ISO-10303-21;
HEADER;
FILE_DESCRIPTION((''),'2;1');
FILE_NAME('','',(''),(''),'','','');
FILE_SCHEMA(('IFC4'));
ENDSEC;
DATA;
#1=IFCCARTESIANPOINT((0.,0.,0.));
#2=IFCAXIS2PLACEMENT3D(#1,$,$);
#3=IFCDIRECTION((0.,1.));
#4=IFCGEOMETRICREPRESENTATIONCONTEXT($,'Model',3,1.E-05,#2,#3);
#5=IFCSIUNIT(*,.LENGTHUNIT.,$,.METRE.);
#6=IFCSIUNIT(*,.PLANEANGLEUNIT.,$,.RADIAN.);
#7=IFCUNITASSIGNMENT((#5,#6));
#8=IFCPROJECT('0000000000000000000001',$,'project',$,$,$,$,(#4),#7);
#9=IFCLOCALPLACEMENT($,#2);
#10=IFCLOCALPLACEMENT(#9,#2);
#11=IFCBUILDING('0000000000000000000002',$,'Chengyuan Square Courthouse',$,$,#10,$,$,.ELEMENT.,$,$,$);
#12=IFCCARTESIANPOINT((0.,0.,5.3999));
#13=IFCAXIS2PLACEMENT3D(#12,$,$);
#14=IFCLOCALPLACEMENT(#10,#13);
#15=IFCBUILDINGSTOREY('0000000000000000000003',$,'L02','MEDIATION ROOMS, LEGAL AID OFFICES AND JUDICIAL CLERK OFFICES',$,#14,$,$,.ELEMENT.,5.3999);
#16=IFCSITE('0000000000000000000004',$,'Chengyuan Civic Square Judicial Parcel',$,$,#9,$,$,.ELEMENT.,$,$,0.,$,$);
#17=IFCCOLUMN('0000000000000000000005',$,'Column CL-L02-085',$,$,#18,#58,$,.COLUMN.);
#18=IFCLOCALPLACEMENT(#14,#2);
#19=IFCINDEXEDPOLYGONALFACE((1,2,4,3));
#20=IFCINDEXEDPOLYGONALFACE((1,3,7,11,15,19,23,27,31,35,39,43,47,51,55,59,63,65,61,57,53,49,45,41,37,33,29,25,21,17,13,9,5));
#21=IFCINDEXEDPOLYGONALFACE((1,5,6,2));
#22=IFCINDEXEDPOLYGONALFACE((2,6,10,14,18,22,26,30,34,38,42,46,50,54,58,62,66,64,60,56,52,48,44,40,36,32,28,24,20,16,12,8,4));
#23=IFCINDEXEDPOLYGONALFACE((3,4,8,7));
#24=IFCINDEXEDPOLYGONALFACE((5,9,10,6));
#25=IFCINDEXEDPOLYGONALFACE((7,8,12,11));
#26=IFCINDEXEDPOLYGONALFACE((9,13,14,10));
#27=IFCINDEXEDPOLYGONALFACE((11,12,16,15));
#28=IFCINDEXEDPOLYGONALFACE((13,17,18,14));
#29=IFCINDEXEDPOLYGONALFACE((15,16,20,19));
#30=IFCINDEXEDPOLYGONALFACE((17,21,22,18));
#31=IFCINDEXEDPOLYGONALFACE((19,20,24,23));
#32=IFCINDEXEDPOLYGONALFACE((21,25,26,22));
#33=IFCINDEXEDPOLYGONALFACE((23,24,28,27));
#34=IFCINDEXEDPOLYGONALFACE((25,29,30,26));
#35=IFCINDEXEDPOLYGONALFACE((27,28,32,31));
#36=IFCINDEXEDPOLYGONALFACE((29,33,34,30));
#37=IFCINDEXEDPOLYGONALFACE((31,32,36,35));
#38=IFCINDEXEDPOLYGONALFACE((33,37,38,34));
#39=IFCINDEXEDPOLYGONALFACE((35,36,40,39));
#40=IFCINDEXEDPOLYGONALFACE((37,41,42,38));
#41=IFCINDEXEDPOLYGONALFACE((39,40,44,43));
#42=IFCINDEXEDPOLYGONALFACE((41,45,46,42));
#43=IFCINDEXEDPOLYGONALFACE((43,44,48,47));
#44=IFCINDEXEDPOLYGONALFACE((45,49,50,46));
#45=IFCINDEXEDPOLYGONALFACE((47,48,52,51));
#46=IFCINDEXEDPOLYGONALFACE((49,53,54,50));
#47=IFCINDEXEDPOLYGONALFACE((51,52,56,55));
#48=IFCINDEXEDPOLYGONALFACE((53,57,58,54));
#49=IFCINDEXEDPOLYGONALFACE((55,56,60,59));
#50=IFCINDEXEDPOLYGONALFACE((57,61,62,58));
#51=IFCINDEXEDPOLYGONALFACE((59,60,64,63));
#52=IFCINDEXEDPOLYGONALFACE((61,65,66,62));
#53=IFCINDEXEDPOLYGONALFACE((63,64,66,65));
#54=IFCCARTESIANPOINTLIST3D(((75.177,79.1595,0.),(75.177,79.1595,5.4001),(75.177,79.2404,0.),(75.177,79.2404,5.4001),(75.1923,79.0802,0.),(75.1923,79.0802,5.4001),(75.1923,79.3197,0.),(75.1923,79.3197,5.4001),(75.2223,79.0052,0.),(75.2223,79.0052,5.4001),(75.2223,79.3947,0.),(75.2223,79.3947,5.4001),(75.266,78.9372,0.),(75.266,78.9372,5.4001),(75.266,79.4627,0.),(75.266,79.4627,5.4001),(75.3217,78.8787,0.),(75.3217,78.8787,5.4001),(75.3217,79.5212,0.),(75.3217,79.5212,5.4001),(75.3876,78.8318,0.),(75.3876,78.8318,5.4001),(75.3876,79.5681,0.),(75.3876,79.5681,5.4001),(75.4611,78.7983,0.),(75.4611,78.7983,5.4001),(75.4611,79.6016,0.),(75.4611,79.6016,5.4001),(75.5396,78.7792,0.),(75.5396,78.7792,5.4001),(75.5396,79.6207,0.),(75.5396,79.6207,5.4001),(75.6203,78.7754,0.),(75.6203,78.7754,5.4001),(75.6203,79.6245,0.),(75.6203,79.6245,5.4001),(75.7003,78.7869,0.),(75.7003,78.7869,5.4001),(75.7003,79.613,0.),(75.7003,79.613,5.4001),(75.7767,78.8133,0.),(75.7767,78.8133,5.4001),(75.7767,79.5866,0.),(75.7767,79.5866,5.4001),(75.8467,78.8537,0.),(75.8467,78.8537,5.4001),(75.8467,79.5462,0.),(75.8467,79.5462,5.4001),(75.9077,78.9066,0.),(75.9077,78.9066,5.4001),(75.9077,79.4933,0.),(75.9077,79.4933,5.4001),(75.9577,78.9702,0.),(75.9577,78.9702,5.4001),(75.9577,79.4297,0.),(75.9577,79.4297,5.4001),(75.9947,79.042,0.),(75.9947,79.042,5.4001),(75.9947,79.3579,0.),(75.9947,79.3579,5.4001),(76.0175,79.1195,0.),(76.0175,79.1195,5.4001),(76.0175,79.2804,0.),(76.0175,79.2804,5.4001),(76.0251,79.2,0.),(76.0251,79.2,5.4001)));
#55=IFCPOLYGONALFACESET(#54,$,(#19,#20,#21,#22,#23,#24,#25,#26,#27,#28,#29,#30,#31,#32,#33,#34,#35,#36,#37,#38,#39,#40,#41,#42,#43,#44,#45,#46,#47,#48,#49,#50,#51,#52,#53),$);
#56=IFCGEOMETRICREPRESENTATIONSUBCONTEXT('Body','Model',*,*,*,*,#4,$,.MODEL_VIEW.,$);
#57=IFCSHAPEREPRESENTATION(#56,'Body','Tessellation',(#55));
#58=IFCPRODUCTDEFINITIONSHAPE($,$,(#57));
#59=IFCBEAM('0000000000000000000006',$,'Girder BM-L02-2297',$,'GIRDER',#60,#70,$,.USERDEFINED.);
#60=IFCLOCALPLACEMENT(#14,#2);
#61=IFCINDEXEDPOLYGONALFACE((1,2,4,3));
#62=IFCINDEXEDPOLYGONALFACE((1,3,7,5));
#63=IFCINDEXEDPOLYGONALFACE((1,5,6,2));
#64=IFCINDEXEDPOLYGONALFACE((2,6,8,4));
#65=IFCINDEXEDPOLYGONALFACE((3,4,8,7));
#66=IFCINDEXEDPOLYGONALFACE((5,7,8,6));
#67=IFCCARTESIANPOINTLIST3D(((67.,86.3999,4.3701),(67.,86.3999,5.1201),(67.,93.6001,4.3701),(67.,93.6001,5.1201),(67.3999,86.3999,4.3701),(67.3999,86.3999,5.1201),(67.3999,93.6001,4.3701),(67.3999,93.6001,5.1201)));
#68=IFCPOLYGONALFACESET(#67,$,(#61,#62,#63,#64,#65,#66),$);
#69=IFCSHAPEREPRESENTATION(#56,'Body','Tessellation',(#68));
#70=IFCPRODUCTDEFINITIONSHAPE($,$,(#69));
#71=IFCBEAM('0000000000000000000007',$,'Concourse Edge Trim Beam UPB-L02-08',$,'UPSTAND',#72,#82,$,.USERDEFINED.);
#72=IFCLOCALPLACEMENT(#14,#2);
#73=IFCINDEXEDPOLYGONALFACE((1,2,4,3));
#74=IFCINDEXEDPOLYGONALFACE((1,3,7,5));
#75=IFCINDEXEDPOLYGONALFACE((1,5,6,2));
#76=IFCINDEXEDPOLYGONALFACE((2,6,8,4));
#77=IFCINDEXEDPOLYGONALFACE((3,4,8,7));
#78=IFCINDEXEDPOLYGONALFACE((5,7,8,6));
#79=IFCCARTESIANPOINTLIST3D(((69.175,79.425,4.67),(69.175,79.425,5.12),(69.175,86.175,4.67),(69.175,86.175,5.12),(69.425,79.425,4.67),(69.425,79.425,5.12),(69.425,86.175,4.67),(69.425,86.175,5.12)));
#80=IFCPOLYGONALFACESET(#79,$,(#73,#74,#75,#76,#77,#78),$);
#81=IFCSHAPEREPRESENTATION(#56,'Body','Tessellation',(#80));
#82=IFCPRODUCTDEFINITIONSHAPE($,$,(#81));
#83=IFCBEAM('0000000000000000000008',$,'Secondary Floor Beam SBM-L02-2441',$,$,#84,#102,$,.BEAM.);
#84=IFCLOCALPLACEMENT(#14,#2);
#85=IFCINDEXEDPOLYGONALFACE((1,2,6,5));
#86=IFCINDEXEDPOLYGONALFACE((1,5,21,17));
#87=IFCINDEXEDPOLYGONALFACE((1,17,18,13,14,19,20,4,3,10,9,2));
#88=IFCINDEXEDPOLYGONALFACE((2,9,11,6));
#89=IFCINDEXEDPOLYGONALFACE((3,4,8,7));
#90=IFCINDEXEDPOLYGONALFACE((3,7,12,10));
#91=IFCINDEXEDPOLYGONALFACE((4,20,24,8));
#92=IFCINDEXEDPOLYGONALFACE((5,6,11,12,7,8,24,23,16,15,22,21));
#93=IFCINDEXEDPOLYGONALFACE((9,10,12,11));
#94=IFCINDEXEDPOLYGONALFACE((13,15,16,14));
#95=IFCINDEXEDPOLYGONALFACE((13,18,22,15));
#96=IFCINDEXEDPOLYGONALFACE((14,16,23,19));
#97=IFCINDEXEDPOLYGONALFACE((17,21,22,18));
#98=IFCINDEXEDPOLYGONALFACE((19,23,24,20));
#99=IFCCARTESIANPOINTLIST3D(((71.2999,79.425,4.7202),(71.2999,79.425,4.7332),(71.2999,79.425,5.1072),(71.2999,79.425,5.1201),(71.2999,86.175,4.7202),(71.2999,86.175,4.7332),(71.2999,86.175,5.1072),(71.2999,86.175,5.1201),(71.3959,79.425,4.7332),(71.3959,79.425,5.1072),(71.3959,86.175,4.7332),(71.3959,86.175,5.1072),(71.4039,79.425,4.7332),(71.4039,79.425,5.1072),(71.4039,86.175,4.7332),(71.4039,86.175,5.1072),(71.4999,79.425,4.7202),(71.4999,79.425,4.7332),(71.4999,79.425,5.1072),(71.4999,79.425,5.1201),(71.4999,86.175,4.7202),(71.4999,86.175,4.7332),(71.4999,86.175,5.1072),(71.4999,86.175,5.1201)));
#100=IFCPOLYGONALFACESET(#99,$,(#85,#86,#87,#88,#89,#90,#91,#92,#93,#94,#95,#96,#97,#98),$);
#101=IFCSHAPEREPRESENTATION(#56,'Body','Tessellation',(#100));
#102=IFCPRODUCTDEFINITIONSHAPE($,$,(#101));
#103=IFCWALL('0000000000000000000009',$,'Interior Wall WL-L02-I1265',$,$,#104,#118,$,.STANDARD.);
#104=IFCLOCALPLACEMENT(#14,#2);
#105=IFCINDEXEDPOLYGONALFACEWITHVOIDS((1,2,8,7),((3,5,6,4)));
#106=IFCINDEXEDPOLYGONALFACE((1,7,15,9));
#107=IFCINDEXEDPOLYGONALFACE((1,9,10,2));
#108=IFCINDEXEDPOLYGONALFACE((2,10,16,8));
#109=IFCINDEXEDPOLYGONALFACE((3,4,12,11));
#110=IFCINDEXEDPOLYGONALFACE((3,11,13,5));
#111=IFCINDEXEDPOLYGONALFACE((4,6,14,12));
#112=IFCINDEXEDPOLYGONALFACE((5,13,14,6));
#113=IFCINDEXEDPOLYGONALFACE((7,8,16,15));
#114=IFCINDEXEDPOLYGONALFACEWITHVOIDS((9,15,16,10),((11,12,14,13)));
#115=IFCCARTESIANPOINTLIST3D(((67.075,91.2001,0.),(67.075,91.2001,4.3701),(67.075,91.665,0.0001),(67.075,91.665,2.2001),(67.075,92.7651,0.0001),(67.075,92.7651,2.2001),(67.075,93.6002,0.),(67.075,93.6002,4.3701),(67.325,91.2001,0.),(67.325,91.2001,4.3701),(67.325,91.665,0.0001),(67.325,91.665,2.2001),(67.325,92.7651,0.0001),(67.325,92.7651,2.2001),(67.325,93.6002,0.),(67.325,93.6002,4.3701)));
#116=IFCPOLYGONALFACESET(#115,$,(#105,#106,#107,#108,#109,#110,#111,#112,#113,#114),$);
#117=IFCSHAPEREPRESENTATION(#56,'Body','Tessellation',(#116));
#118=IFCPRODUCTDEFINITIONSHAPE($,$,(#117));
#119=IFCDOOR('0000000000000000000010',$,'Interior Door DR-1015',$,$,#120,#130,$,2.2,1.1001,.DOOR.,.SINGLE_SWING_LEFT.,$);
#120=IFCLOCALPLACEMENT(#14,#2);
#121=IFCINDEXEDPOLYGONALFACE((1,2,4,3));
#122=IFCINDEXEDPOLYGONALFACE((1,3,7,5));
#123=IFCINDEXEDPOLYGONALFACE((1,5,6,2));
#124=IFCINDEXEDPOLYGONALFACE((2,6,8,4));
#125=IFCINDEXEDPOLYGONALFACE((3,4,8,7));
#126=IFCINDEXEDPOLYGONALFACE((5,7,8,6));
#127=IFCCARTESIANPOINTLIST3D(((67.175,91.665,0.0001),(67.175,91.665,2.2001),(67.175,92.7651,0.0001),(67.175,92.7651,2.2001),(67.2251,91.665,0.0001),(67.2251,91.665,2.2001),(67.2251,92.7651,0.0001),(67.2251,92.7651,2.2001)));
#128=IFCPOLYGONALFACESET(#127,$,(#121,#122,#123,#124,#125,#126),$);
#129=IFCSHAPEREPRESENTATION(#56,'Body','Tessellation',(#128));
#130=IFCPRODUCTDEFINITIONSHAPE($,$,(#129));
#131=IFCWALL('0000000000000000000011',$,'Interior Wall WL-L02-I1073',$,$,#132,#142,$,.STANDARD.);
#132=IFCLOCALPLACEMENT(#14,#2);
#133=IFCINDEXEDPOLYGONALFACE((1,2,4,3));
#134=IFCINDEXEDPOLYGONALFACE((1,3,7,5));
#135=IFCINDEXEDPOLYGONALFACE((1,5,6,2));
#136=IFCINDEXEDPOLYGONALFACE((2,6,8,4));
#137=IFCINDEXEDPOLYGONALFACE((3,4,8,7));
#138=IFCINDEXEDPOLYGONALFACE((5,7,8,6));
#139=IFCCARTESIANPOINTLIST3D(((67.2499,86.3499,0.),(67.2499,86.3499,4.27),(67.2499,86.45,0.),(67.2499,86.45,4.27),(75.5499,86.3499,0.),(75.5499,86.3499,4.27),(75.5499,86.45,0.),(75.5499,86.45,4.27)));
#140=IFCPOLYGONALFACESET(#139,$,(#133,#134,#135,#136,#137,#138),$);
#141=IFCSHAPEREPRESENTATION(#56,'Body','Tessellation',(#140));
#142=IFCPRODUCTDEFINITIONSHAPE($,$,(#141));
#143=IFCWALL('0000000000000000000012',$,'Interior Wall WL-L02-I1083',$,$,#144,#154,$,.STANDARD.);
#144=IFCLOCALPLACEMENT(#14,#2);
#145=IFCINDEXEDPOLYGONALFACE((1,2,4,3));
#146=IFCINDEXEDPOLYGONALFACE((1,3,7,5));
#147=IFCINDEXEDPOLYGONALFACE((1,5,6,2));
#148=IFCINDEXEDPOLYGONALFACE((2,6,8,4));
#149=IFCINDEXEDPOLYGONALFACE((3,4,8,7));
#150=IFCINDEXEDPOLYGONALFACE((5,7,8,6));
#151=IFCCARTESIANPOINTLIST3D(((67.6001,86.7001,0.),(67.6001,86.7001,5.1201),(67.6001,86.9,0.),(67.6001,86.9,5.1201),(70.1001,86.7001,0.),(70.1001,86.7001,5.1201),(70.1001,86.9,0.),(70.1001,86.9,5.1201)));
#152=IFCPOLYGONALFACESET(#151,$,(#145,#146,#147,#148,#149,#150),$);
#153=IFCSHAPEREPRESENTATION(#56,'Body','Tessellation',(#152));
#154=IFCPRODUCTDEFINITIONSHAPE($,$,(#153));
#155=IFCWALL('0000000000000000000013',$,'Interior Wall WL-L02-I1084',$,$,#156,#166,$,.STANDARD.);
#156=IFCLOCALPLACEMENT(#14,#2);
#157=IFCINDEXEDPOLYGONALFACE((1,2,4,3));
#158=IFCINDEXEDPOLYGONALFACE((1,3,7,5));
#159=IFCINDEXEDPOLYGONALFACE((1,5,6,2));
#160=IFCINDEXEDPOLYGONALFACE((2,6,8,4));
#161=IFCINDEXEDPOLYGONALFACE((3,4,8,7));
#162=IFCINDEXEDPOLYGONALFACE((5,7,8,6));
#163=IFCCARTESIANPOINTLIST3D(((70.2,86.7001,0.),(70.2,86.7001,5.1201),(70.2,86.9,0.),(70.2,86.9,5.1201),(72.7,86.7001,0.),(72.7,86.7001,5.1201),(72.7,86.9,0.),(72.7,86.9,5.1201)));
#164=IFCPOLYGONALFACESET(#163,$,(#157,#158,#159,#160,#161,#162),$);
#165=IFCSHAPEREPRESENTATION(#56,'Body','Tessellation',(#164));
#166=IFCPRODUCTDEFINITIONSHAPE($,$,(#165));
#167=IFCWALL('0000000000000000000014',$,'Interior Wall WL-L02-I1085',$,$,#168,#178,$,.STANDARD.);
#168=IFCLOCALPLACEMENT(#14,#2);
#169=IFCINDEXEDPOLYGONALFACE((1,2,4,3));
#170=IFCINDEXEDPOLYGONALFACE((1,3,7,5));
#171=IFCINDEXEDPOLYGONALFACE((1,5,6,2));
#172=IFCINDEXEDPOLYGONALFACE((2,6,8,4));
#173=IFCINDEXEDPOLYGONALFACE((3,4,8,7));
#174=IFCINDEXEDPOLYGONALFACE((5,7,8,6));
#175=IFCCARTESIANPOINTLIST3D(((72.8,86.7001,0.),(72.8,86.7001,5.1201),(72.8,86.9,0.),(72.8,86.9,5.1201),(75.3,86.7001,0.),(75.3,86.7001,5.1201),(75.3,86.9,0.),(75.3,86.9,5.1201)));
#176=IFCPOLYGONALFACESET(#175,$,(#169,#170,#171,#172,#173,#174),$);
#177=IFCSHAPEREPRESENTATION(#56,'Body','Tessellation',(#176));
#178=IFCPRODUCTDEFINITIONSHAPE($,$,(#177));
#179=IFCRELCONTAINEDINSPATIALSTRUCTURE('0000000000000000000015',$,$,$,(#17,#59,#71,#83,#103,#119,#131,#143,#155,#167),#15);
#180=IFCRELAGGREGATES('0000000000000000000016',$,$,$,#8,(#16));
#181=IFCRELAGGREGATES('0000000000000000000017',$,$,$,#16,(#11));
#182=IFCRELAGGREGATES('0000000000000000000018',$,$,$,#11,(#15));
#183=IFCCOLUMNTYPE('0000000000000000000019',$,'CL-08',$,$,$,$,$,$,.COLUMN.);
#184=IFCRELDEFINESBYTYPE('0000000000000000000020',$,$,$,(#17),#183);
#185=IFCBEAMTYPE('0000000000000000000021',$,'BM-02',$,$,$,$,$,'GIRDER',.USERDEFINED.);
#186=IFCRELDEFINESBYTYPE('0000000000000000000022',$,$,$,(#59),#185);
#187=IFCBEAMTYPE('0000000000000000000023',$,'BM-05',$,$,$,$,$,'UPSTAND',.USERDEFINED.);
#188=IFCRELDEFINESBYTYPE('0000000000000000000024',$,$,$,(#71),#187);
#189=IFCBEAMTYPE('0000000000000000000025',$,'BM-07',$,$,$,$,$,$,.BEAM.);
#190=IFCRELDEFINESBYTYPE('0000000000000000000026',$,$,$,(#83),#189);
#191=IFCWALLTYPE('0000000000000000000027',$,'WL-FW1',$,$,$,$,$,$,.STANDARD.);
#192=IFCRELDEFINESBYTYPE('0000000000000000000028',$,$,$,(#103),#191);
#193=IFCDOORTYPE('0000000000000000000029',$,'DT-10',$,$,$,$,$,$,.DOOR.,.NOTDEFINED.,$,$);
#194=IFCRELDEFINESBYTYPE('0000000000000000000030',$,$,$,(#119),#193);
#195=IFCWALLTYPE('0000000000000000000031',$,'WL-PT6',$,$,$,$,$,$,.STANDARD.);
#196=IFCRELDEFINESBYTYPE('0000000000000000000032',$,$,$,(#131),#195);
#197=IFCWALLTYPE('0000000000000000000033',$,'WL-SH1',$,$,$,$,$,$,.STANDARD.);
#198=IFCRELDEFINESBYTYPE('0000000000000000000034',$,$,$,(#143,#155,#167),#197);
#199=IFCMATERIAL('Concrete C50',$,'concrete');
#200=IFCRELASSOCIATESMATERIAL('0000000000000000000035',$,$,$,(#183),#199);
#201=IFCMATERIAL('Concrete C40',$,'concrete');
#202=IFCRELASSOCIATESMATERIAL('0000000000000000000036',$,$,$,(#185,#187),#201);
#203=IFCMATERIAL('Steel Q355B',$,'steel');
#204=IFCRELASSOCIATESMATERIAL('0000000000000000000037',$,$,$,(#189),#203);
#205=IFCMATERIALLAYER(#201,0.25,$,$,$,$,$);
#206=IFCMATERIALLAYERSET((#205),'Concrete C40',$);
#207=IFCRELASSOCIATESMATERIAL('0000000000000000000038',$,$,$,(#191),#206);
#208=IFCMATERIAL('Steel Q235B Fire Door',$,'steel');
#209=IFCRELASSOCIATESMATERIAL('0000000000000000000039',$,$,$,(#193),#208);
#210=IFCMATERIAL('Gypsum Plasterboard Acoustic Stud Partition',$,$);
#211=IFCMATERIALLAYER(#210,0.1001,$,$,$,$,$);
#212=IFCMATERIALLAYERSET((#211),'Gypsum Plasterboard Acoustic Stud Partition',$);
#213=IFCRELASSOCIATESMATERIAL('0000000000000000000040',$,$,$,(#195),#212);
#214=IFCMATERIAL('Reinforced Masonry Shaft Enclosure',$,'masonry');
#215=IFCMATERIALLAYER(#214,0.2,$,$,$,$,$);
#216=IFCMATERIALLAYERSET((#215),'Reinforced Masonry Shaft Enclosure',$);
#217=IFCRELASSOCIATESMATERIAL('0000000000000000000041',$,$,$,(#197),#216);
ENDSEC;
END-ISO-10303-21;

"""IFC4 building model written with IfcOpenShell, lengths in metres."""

from ifc_helpers import new_model, si_unit, direction, frame, frame_2d, origin, origin_2d, place, context, subcontext, project, spatial, rectangle, circle, i_section, extrude, material, layer, layer_set, material_profile, profile_set, type_object, element, fill, save


model = new_model("IFC4")

# Units and contexts
model_context = context("Model", 3, precision=1e-05, world=origin(), true_north=direction((0.0, 1.0)))
body_context = subcontext(model_context, "Body", "Model", "MODEL_VIEW")
ifc_project = project(units=[si_unit("LENGTHUNIT", "METRE"), si_unit("PLANEANGLEUNIT", "RADIAN")], contexts=[model_context])

# Site, building, storey
site_placement = place(None, origin())
site = spatial("IfcSite", under=ifc_project, at=site_placement, Name="Chengyuan Civic Square Judicial Parcel", CompositionType="ELEMENT", RefElevation=0.0)
building_placement = place(site_placement, origin())
building = spatial("IfcBuilding", under=site, at=building_placement, Name="Chengyuan Square Courthouse", CompositionType="ELEMENT")
storey_placement = place(building_placement, frame((0.0, 0.0, 5.3999)))
storey = spatial("IfcBuildingStorey", under=building, at=storey_placement, Name="L02", Description="MEDIATION ROOMS, LEGAL AID OFFICES AND JUDICIAL CLERK OFFICES", CompositionType="ELEMENT", Elevation=5.3999)

# Column
ifc_material_1 = material(Name="Concrete C50", Category="concrete")
ifc_material_profile_1 = material_profile(ifc_material_1, circle(Radius=0.425, at=origin_2d()), Name="RC-COL-D850")
ifc_profile_set_1 = profile_set([ifc_material_profile_1], Name="Concrete C50")
column_type = type_object("IfcColumnType", Name="CL-08", PredefinedType="COLUMN", material=ifc_profile_set_1)
column_placement = place(storey_placement, frame((75.6001, 79.2, 0.0), z_axis=(0.0, 0.0, 1.0), x_axis=(1.0, 0.0, 0.0)))
element("IfcColumn", 1, at=column_placement, inside=storey, type_object=column_type, Name="Column CL-L02-085", PredefinedType="COLUMN", context=body_context, shape_type="SweptSolid", body=[
    extrude(circle(Radius=0.425, at=origin_2d()), origin(), (0.0, 0.0, 1.0), 5.4001),
])

# Beams
ifc_material_2 = material(Name="Concrete C40", Category="concrete")
ifc_material_profile_2 = material_profile(ifc_material_2, rectangle(XDim=0.3999, YDim=0.75, at=origin_2d()), Name="RC-BM-400x750")
ifc_profile_set_2 = profile_set([ifc_material_profile_2], Name="Concrete C40")
beam_type_1 = type_object("IfcBeamType", Name="BM-02", ElementType="GIRDER", PredefinedType="USERDEFINED", material=ifc_profile_set_2)
beam_1_placement = place(storey_placement, frame((67.2, 86.3999, 4.7451), z_axis=(0.0, 1.0, 0.0), x_axis=(-1.0, 0.0, 0.0)))
element("IfcBeam", 2, at=beam_1_placement, inside=storey, type_object=beam_type_1, Name="Girder BM-L02-2297", ObjectType="GIRDER", PredefinedType="USERDEFINED", context=body_context, shape_type="SweptSolid", body=[
    extrude(rectangle(XDim=0.3999, YDim=0.75, at=origin_2d()), origin(), (0.0, 0.0, 1.0), 7.2002),
])
ifc_material_profile_3 = material_profile(ifc_material_2, rectangle(XDim=0.25, YDim=0.45, at=origin_2d()), Name="RC-UP-250x450")
ifc_profile_set_3 = profile_set([ifc_material_profile_3], Name="Concrete C40")
beam_type_2 = type_object("IfcBeamType", Name="BM-05", ElementType="UPSTAND", PredefinedType="USERDEFINED", material=ifc_profile_set_3)
beam_2_placement = place(storey_placement, frame((69.3, 79.425, 4.895), z_axis=(0.0, 1.0, 0.0), x_axis=(-1.0, 0.0, 0.0)))
element("IfcBeam", 3, at=beam_2_placement, inside=storey, type_object=beam_type_2, Name="Concourse Edge Trim Beam UPB-L02-08", ObjectType="UPSTAND", PredefinedType="USERDEFINED", context=body_context, shape_type="SweptSolid", body=[
    extrude(rectangle(XDim=0.25, YDim=0.45, at=origin_2d()), origin(), (0.0, 0.0, 1.0), 6.75),
])
ifc_material_3 = material(Name="Steel Q355B", Category="steel")
ifc_material_profile_4 = material_profile(ifc_material_3, i_section(OverallWidth=0.2, OverallDepth=0.3999, WebThickness=0.0081, FlangeThickness=0.0129, at=origin_2d()), Name="HN 400x200x8x13")
ifc_profile_set_4 = profile_set([ifc_material_profile_4], Name="Steel Q355B")
beam_type_3 = type_object("IfcBeamType", Name="BM-07", PredefinedType="BEAM", material=ifc_profile_set_4)
beam_3_placement = place(storey_placement, frame((71.3999, 79.425, 4.9202), z_axis=(0.0, 1.0, 0.0), x_axis=(-1.0, 0.0, 0.0)))
element("IfcBeam", 4, at=beam_3_placement, inside=storey, type_object=beam_type_3, Name="Secondary Floor Beam SBM-L02-2441", PredefinedType="BEAM", context=body_context, shape_type="SweptSolid", body=[
    extrude(i_section(OverallWidth=0.2, OverallDepth=0.3999, WebThickness=0.0081, FlangeThickness=0.0129, at=origin_2d()), origin(), (0.0, 0.0, 1.0), 6.75),
])

# Wall, opening, door
ifc_layer_1 = layer(ifc_material_2, 0.25)
ifc_layer_set_1 = layer_set([ifc_layer_1], Name="Concrete C40")
wall_type_1 = type_object("IfcWallType", Name="WL-FW1", PredefinedType="STANDARD", material=ifc_layer_set_1)
wall_1_placement = place(storey_placement, frame((67.2, 91.2, 0.0), z_axis=(0.0, 0.0, 1.0), x_axis=(0.0, 1.0, 0.0)))
wall_1 = element("IfcWall", 5, at=wall_1_placement, inside=storey, type_object=wall_type_1, Name="Interior Wall WL-L02-I1265", PredefinedType="STANDARD", context=body_context, shape_type="SweptSolid", body=[
    extrude(rectangle(XDim=2.4001, YDim=0.25, at=frame_2d((1.2002, 0.0))), origin(), (0.0, 0.0, 1.0), 4.3701),
])
opening_1_placement = place(wall_1_placement, frame((0.4651, 0.0, 0.0)))
opening_1 = element("IfcOpeningElement", 6, at=opening_1_placement, cuts=wall_1, PredefinedType="OPENING", context=body_context, shape_type="SweptSolid", body=[
    extrude(rectangle(XDim=1.1001, YDim=2.2, at=frame_2d((0.55, 1.1001))), frame((0.0, 0.137, 0.0), z_axis=(0.0, -1.0, 0.0), x_axis=(1.0, 0.0, 0.0)), (0.0, 0.0, 1.0), 0.2739),
])
ifc_material_4 = material(Name="Steel Q235B Fire Door", Category="steel")
door_type_1 = type_object("IfcDoorType", Name="DT-10", OperationType="NOTDEFINED", PredefinedType="DOOR", material=ifc_material_4)
door_1_placement = place(opening_1_placement, origin())
door_1 = element("IfcDoor", 7, at=door_1_placement, inside=storey, type_object=door_type_1, Name="Interior Door DR-1015", OperationType="SINGLE_SWING_LEFT", OverallHeight=2.2, OverallWidth=1.1001, PredefinedType="DOOR", context=body_context, shape_type="SweptSolid", body=[
    extrude(rectangle(XDim=1.1001, YDim=2.2, at=frame_2d((0.55, 1.1001))), frame((0.0, 0.0249, 0.0), z_axis=(0.0, -1.0, 0.0), x_axis=(1.0, 0.0, 0.0)), (0.0, 0.0, 1.0), 0.05),
])
fill(opening_1, door_1)

# Walls
ifc_material_5 = material(Name="Gypsum Plasterboard Acoustic Stud Partition")
ifc_layer_2 = layer(ifc_material_5, 0.1001)
ifc_layer_set_2 = layer_set([ifc_layer_2], Name="Gypsum Plasterboard Acoustic Stud Partition")
wall_type_2 = type_object("IfcWallType", Name="WL-PT6", PredefinedType="STANDARD", material=ifc_layer_set_2)
wall_2_placement = place(storey_placement, frame((67.25, 86.3999, 0.0), z_axis=(0.0, 0.0, 1.0), x_axis=(1.0, 0.0, 0.0)))
element("IfcWall", 8, at=wall_2_placement, inside=storey, type_object=wall_type_2, Name="Interior Wall WL-L02-I1073", PredefinedType="STANDARD", context=body_context, shape_type="SweptSolid", body=[
    extrude(rectangle(XDim=8.3, YDim=0.1001, at=frame_2d((4.1499, 0.0))), origin(), (0.0, 0.0, 1.0), 4.27),
])
ifc_material_6 = material(Name="Reinforced Masonry Shaft Enclosure", Category="masonry")
ifc_layer_3 = layer(ifc_material_6, 0.2)
ifc_layer_set_3 = layer_set([ifc_layer_3], Name="Reinforced Masonry Shaft Enclosure")
wall_type_3 = type_object("IfcWallType", Name="WL-SH1", PredefinedType="STANDARD", material=ifc_layer_set_3)
for number, where, z_axis, x_axis, name in (
    (9, (67.6001, 86.8, 0.0), (0.0, 0.0, 1.0), (1.0, 0.0, 0.0), "Interior Wall WL-L02-I1083"),
    (10, (70.2, 86.8, 0.0), (0.0, 0.0, 1.0), (1.0, 0.0, 0.0), "Interior Wall WL-L02-I1084"),
    (11, (72.8, 86.8, 0.0), (0.0, 0.0, 1.0), (1.0, 0.0, 0.0), "Interior Wall WL-L02-I1085"),
):
    element("IfcWall", number, at=place(storey_placement, frame(where, z_axis=z_axis, x_axis=x_axis)), inside=storey, type_object=wall_type_3, Name=name, PredefinedType="STANDARD", context=body_context, shape_type="SweptSolid", body=[
        extrude(rectangle(XDim=2.5, YDim=0.2, at=frame_2d((1.25, 0.0))), origin(), (0.0, 0.0, 1.0), 5.1201),
    ])

save(model, "model.ifc")
